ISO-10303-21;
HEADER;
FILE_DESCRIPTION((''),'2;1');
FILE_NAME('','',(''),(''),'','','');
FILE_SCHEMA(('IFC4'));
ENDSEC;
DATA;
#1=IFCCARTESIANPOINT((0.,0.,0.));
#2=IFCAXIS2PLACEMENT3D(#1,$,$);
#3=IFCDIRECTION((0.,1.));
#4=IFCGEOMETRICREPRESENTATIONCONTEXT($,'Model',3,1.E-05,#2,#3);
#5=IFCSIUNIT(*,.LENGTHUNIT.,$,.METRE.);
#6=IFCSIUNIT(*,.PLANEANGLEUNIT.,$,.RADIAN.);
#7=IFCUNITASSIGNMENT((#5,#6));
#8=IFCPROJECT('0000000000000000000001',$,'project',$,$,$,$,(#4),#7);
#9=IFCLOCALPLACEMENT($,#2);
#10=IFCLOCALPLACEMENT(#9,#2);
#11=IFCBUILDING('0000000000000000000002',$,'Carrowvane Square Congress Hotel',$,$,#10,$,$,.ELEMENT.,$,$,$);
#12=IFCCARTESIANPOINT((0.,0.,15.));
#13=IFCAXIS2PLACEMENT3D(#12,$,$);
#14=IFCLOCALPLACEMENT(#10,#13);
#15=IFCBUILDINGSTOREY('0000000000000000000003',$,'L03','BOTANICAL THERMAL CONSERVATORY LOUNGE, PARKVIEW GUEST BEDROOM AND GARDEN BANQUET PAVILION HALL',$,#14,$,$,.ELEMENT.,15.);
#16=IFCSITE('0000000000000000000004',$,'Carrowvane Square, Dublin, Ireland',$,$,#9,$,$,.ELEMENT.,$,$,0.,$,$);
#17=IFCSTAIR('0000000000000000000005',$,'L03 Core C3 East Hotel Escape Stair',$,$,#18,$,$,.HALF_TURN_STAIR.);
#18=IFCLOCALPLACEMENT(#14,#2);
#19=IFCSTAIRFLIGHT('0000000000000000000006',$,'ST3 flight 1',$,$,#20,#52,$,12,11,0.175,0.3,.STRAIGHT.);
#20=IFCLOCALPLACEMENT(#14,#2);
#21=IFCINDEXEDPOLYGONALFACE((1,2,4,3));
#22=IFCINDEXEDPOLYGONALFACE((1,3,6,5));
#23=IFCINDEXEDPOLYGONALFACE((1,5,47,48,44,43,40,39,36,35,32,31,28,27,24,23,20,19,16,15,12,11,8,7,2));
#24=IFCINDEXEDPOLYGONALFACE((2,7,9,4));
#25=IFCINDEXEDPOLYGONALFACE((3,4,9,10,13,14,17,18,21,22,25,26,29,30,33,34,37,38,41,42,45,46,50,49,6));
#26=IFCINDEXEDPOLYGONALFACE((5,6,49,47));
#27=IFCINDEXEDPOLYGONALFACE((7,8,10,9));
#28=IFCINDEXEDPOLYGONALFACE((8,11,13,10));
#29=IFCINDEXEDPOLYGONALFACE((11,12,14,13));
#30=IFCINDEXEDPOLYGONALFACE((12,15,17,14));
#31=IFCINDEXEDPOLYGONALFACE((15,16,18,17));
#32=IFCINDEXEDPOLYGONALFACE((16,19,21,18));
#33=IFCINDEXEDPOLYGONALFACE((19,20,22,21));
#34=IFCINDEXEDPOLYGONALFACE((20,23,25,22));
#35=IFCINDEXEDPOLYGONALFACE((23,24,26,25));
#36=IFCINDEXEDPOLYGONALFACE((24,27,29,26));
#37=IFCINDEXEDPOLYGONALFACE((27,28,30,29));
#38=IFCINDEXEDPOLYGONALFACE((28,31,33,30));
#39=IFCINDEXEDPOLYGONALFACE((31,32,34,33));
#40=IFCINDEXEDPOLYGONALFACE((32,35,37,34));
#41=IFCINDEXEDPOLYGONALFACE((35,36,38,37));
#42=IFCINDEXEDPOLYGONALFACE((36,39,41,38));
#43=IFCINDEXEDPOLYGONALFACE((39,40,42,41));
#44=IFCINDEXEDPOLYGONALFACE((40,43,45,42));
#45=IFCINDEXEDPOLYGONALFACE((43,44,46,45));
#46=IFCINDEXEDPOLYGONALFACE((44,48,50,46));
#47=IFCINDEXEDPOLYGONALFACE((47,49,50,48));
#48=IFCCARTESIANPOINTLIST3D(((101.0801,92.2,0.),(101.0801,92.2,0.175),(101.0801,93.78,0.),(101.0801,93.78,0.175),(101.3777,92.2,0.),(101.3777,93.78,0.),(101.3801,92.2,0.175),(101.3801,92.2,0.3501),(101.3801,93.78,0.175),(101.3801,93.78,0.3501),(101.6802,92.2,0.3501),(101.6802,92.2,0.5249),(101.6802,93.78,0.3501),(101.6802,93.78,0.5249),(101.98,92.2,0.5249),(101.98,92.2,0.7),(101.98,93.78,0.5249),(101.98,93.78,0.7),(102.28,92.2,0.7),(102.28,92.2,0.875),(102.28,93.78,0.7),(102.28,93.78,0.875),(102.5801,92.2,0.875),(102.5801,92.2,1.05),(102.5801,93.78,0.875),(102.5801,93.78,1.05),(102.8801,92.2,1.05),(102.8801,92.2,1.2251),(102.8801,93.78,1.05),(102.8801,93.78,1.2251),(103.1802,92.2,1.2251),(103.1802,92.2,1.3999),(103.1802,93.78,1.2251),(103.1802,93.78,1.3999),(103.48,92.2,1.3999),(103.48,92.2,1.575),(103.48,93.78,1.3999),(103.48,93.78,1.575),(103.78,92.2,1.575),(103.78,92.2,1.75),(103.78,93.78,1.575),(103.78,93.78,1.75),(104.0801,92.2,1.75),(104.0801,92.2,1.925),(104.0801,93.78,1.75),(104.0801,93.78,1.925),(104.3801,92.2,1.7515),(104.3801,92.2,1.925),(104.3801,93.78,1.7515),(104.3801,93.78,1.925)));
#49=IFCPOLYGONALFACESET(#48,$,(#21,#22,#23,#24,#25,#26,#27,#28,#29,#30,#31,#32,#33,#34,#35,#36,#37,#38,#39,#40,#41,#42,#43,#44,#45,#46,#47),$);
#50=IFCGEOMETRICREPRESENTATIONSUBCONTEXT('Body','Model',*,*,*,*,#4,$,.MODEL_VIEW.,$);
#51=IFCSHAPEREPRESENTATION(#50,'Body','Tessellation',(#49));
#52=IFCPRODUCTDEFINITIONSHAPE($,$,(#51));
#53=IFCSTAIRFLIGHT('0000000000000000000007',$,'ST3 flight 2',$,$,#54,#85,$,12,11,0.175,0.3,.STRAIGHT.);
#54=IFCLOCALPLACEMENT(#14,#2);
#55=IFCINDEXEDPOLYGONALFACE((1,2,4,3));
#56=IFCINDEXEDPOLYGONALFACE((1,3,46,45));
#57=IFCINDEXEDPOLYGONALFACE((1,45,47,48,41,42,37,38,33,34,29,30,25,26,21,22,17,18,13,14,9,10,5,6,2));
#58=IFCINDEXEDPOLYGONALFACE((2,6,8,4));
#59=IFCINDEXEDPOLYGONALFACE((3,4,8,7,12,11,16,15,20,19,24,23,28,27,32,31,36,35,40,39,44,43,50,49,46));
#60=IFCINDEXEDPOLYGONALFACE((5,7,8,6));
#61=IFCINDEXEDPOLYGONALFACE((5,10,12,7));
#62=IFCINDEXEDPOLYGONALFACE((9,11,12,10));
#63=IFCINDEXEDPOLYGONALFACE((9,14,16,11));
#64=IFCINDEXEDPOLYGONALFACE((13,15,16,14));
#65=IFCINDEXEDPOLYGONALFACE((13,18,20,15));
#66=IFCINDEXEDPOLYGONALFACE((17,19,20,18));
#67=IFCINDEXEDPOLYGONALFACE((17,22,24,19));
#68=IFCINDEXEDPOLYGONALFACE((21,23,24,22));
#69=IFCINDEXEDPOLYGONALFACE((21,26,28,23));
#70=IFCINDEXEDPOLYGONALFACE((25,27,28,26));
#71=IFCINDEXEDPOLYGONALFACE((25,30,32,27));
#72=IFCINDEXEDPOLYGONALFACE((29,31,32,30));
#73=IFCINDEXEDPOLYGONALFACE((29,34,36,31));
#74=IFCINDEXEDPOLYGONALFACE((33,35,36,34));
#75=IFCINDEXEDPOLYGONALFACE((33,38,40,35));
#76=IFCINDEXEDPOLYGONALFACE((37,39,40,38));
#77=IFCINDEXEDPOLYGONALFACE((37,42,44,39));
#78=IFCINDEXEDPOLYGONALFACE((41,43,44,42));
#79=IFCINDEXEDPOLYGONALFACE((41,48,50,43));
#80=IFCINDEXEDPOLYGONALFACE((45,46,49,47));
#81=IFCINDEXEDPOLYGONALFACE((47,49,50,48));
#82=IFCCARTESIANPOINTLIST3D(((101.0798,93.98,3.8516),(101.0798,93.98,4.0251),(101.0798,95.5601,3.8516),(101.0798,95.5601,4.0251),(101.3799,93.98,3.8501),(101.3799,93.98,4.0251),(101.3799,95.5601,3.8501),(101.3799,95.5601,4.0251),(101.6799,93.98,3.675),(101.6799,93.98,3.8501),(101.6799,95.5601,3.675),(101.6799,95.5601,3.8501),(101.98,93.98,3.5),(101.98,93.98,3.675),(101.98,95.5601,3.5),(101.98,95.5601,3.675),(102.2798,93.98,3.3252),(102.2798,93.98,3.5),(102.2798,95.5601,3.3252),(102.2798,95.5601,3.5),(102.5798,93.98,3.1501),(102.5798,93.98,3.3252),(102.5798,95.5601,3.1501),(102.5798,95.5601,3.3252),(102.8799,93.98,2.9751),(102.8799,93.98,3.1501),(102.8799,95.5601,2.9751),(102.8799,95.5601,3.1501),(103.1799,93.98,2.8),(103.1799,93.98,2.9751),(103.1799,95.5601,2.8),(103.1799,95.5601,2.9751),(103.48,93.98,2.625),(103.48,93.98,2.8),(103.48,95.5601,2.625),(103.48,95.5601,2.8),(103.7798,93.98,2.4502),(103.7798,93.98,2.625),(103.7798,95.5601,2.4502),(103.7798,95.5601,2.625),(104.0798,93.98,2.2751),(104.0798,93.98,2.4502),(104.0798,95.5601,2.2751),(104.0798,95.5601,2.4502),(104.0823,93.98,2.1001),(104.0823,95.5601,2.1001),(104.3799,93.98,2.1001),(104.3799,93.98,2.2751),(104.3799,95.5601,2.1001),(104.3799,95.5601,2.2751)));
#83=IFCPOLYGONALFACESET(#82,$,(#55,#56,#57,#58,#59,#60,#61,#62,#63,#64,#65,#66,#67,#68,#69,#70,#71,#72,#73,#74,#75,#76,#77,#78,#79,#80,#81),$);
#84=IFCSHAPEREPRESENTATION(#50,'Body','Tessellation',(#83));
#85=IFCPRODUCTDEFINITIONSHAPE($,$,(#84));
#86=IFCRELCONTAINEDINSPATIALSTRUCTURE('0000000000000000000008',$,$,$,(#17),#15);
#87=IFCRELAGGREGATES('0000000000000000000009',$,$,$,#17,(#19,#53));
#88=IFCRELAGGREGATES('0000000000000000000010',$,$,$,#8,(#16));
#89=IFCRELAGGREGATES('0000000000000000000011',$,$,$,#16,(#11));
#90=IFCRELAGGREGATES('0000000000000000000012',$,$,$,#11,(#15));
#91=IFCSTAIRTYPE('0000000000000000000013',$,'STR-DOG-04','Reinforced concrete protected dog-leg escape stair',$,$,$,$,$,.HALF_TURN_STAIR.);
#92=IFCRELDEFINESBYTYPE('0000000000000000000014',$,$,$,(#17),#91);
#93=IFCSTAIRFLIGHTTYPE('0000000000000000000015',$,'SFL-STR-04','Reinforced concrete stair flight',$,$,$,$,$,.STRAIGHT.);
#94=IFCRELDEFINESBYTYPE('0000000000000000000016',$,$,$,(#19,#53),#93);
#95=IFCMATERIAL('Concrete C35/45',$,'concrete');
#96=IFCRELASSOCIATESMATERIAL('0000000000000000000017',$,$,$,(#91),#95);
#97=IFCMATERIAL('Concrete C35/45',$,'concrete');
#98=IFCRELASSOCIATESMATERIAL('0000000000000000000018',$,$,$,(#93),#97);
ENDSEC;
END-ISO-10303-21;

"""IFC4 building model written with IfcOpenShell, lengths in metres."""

from ifc_helpers import new_model, si_unit, direction, frame, origin, place, context, subcontext, project, spatial, polyline, outline, extrude, material, type_object, element, aggregate, save


model = new_model("IFC4")

# Units and contexts
model_context = context("Model", 3, precision=1e-05, world=origin(), true_north=direction((0.0, 1.0)))
body_context = subcontext(model_context, "Body", "Model", "MODEL_VIEW")
ifc_project = project(units=[si_unit("LENGTHUNIT", "METRE"), si_unit("PLANEANGLEUNIT", "RADIAN")], contexts=[model_context])

# Site, building, storey
site_placement = place(None, origin())
site = spatial("IfcSite", under=ifc_project, at=site_placement, Name="Carrowvane Square, Dublin, Ireland", CompositionType="ELEMENT", RefElevation=0.0)
building_placement = place(site_placement, origin())
building = spatial("IfcBuilding", under=site, at=building_placement, Name="Carrowvane Square Congress Hotel", CompositionType="ELEMENT")
storey_placement = place(building_placement, frame((0.0, 0.0, 15.0)))
storey = spatial("IfcBuildingStorey", under=building, at=storey_placement, Name="L03", Description="BOTANICAL THERMAL CONSERVATORY LOUNGE, PARKVIEW GUEST BEDROOM AND GARDEN BANQUET PAVILION HALL", CompositionType="ELEMENT", Elevation=15.0)

# Stair, stair flights
ifc_material_1 = material(Name="Concrete C35/45", Category="concrete")
stair_type = type_object("IfcStairType", Name="STR-DOG-04", Description="Reinforced concrete protected dog-leg escape stair", PredefinedType="HALF_TURN_STAIR", material=ifc_material_1)
stair_placement = place(storey_placement, origin())
stair = element("IfcStair", 1, at=stair_placement, inside=storey, type_object=stair_type, Name="L03 Core C3 East Hotel Escape Stair", PredefinedType="HALF_TURN_STAIR")
ifc_material_2 = material(Name="Concrete C35/45", Category="concrete")
stair_flight_type = type_object("IfcStairFlightType", Name="SFL-STR-04", Description="Reinforced concrete stair flight", PredefinedType="STRAIGHT", material=ifc_material_2)
stair_flight_1_placement = place(storey_placement, frame((101.0801, 92.99, 0.0), z_axis=(0.0, 0.0, 1.0), x_axis=(1.0, 0.0, 0.0)))
stair_flight_1 = element("IfcStairFlight", 2, at=stair_flight_1_placement, type_object=stair_flight_type, Name="ST3 flight 1", NumberOfRisers=12, NumberOfTreads=11, PredefinedType="STRAIGHT", RiserHeight=0.175, TreadLength=0.3, context=body_context, shape_type="SweptSolid", body=[
    extrude(outline(polyline([(0.0, 0.0), (0.0, 0.175), (0.3, 0.175), (0.3, 0.3501), (0.6001, 0.3501), (0.6001, 0.5249), (0.8999, 0.5249), (0.8999, 0.7), (1.2, 0.7), (1.2, 0.875), (1.5, 0.875), (1.5, 1.05), (1.8, 1.05), (1.8, 1.2251), (2.1001, 1.2251), (2.1001, 1.3999), (2.3999, 1.3999), (2.3999, 1.575), (2.7, 1.575), (2.7, 1.75), (3.0, 1.75), (3.0, 1.925), (3.3, 1.925), (3.3, 2.1001), (3.3, 1.7515), (0.2976, 0.0), (0.0, 0.0)])), frame((0.0, 0.79, 0.0), z_axis=(0.0, -1.0, 0.0), x_axis=(1.0, 0.0, 0.0)), (0.0, 0.0, 1.0), 1.5801),
])
stair_flight_2_placement = place(storey_placement, frame((104.3799, 94.77, 2.1001), z_axis=(0.0, 0.0, 1.0), x_axis=(-1.0, 0.0, 0.0)))
stair_flight_2 = element("IfcStairFlight", 3, at=stair_flight_2_placement, type_object=stair_flight_type, Name="ST3 flight 2", NumberOfRisers=12, NumberOfTreads=11, PredefinedType="STRAIGHT", RiserHeight=0.175, TreadLength=0.3, context=body_context, shape_type="SweptSolid", body=[
    extrude(outline(polyline([(0.0, 0.0), (0.0, 0.175), (0.3, 0.175), (0.3, 0.3501), (0.6001, 0.3501), (0.6001, 0.5249), (0.8999, 0.5249), (0.8999, 0.7), (1.2, 0.7), (1.2, 0.875), (1.5, 0.875), (1.5, 1.05), (1.8, 1.05), (1.8, 1.2251), (2.1001, 1.2251), (2.1001, 1.3999), (2.3999, 1.3999), (2.3999, 1.575), (2.7, 1.575), (2.7, 1.75), (3.0, 1.75), (3.0, 1.925), (3.3, 1.925), (3.3, 2.1001), (3.3, 1.7515), (0.2976, 0.0), (0.0, 0.0)])), frame((0.0, 0.79, 0.0), z_axis=(0.0, -1.0, 0.0), x_axis=(1.0, 0.0, 0.0)), (0.0, 0.0, 1.0), 1.5801),
])
aggregate(stair, [stair_flight_1, stair_flight_2])

save(model, "model.ifc")
